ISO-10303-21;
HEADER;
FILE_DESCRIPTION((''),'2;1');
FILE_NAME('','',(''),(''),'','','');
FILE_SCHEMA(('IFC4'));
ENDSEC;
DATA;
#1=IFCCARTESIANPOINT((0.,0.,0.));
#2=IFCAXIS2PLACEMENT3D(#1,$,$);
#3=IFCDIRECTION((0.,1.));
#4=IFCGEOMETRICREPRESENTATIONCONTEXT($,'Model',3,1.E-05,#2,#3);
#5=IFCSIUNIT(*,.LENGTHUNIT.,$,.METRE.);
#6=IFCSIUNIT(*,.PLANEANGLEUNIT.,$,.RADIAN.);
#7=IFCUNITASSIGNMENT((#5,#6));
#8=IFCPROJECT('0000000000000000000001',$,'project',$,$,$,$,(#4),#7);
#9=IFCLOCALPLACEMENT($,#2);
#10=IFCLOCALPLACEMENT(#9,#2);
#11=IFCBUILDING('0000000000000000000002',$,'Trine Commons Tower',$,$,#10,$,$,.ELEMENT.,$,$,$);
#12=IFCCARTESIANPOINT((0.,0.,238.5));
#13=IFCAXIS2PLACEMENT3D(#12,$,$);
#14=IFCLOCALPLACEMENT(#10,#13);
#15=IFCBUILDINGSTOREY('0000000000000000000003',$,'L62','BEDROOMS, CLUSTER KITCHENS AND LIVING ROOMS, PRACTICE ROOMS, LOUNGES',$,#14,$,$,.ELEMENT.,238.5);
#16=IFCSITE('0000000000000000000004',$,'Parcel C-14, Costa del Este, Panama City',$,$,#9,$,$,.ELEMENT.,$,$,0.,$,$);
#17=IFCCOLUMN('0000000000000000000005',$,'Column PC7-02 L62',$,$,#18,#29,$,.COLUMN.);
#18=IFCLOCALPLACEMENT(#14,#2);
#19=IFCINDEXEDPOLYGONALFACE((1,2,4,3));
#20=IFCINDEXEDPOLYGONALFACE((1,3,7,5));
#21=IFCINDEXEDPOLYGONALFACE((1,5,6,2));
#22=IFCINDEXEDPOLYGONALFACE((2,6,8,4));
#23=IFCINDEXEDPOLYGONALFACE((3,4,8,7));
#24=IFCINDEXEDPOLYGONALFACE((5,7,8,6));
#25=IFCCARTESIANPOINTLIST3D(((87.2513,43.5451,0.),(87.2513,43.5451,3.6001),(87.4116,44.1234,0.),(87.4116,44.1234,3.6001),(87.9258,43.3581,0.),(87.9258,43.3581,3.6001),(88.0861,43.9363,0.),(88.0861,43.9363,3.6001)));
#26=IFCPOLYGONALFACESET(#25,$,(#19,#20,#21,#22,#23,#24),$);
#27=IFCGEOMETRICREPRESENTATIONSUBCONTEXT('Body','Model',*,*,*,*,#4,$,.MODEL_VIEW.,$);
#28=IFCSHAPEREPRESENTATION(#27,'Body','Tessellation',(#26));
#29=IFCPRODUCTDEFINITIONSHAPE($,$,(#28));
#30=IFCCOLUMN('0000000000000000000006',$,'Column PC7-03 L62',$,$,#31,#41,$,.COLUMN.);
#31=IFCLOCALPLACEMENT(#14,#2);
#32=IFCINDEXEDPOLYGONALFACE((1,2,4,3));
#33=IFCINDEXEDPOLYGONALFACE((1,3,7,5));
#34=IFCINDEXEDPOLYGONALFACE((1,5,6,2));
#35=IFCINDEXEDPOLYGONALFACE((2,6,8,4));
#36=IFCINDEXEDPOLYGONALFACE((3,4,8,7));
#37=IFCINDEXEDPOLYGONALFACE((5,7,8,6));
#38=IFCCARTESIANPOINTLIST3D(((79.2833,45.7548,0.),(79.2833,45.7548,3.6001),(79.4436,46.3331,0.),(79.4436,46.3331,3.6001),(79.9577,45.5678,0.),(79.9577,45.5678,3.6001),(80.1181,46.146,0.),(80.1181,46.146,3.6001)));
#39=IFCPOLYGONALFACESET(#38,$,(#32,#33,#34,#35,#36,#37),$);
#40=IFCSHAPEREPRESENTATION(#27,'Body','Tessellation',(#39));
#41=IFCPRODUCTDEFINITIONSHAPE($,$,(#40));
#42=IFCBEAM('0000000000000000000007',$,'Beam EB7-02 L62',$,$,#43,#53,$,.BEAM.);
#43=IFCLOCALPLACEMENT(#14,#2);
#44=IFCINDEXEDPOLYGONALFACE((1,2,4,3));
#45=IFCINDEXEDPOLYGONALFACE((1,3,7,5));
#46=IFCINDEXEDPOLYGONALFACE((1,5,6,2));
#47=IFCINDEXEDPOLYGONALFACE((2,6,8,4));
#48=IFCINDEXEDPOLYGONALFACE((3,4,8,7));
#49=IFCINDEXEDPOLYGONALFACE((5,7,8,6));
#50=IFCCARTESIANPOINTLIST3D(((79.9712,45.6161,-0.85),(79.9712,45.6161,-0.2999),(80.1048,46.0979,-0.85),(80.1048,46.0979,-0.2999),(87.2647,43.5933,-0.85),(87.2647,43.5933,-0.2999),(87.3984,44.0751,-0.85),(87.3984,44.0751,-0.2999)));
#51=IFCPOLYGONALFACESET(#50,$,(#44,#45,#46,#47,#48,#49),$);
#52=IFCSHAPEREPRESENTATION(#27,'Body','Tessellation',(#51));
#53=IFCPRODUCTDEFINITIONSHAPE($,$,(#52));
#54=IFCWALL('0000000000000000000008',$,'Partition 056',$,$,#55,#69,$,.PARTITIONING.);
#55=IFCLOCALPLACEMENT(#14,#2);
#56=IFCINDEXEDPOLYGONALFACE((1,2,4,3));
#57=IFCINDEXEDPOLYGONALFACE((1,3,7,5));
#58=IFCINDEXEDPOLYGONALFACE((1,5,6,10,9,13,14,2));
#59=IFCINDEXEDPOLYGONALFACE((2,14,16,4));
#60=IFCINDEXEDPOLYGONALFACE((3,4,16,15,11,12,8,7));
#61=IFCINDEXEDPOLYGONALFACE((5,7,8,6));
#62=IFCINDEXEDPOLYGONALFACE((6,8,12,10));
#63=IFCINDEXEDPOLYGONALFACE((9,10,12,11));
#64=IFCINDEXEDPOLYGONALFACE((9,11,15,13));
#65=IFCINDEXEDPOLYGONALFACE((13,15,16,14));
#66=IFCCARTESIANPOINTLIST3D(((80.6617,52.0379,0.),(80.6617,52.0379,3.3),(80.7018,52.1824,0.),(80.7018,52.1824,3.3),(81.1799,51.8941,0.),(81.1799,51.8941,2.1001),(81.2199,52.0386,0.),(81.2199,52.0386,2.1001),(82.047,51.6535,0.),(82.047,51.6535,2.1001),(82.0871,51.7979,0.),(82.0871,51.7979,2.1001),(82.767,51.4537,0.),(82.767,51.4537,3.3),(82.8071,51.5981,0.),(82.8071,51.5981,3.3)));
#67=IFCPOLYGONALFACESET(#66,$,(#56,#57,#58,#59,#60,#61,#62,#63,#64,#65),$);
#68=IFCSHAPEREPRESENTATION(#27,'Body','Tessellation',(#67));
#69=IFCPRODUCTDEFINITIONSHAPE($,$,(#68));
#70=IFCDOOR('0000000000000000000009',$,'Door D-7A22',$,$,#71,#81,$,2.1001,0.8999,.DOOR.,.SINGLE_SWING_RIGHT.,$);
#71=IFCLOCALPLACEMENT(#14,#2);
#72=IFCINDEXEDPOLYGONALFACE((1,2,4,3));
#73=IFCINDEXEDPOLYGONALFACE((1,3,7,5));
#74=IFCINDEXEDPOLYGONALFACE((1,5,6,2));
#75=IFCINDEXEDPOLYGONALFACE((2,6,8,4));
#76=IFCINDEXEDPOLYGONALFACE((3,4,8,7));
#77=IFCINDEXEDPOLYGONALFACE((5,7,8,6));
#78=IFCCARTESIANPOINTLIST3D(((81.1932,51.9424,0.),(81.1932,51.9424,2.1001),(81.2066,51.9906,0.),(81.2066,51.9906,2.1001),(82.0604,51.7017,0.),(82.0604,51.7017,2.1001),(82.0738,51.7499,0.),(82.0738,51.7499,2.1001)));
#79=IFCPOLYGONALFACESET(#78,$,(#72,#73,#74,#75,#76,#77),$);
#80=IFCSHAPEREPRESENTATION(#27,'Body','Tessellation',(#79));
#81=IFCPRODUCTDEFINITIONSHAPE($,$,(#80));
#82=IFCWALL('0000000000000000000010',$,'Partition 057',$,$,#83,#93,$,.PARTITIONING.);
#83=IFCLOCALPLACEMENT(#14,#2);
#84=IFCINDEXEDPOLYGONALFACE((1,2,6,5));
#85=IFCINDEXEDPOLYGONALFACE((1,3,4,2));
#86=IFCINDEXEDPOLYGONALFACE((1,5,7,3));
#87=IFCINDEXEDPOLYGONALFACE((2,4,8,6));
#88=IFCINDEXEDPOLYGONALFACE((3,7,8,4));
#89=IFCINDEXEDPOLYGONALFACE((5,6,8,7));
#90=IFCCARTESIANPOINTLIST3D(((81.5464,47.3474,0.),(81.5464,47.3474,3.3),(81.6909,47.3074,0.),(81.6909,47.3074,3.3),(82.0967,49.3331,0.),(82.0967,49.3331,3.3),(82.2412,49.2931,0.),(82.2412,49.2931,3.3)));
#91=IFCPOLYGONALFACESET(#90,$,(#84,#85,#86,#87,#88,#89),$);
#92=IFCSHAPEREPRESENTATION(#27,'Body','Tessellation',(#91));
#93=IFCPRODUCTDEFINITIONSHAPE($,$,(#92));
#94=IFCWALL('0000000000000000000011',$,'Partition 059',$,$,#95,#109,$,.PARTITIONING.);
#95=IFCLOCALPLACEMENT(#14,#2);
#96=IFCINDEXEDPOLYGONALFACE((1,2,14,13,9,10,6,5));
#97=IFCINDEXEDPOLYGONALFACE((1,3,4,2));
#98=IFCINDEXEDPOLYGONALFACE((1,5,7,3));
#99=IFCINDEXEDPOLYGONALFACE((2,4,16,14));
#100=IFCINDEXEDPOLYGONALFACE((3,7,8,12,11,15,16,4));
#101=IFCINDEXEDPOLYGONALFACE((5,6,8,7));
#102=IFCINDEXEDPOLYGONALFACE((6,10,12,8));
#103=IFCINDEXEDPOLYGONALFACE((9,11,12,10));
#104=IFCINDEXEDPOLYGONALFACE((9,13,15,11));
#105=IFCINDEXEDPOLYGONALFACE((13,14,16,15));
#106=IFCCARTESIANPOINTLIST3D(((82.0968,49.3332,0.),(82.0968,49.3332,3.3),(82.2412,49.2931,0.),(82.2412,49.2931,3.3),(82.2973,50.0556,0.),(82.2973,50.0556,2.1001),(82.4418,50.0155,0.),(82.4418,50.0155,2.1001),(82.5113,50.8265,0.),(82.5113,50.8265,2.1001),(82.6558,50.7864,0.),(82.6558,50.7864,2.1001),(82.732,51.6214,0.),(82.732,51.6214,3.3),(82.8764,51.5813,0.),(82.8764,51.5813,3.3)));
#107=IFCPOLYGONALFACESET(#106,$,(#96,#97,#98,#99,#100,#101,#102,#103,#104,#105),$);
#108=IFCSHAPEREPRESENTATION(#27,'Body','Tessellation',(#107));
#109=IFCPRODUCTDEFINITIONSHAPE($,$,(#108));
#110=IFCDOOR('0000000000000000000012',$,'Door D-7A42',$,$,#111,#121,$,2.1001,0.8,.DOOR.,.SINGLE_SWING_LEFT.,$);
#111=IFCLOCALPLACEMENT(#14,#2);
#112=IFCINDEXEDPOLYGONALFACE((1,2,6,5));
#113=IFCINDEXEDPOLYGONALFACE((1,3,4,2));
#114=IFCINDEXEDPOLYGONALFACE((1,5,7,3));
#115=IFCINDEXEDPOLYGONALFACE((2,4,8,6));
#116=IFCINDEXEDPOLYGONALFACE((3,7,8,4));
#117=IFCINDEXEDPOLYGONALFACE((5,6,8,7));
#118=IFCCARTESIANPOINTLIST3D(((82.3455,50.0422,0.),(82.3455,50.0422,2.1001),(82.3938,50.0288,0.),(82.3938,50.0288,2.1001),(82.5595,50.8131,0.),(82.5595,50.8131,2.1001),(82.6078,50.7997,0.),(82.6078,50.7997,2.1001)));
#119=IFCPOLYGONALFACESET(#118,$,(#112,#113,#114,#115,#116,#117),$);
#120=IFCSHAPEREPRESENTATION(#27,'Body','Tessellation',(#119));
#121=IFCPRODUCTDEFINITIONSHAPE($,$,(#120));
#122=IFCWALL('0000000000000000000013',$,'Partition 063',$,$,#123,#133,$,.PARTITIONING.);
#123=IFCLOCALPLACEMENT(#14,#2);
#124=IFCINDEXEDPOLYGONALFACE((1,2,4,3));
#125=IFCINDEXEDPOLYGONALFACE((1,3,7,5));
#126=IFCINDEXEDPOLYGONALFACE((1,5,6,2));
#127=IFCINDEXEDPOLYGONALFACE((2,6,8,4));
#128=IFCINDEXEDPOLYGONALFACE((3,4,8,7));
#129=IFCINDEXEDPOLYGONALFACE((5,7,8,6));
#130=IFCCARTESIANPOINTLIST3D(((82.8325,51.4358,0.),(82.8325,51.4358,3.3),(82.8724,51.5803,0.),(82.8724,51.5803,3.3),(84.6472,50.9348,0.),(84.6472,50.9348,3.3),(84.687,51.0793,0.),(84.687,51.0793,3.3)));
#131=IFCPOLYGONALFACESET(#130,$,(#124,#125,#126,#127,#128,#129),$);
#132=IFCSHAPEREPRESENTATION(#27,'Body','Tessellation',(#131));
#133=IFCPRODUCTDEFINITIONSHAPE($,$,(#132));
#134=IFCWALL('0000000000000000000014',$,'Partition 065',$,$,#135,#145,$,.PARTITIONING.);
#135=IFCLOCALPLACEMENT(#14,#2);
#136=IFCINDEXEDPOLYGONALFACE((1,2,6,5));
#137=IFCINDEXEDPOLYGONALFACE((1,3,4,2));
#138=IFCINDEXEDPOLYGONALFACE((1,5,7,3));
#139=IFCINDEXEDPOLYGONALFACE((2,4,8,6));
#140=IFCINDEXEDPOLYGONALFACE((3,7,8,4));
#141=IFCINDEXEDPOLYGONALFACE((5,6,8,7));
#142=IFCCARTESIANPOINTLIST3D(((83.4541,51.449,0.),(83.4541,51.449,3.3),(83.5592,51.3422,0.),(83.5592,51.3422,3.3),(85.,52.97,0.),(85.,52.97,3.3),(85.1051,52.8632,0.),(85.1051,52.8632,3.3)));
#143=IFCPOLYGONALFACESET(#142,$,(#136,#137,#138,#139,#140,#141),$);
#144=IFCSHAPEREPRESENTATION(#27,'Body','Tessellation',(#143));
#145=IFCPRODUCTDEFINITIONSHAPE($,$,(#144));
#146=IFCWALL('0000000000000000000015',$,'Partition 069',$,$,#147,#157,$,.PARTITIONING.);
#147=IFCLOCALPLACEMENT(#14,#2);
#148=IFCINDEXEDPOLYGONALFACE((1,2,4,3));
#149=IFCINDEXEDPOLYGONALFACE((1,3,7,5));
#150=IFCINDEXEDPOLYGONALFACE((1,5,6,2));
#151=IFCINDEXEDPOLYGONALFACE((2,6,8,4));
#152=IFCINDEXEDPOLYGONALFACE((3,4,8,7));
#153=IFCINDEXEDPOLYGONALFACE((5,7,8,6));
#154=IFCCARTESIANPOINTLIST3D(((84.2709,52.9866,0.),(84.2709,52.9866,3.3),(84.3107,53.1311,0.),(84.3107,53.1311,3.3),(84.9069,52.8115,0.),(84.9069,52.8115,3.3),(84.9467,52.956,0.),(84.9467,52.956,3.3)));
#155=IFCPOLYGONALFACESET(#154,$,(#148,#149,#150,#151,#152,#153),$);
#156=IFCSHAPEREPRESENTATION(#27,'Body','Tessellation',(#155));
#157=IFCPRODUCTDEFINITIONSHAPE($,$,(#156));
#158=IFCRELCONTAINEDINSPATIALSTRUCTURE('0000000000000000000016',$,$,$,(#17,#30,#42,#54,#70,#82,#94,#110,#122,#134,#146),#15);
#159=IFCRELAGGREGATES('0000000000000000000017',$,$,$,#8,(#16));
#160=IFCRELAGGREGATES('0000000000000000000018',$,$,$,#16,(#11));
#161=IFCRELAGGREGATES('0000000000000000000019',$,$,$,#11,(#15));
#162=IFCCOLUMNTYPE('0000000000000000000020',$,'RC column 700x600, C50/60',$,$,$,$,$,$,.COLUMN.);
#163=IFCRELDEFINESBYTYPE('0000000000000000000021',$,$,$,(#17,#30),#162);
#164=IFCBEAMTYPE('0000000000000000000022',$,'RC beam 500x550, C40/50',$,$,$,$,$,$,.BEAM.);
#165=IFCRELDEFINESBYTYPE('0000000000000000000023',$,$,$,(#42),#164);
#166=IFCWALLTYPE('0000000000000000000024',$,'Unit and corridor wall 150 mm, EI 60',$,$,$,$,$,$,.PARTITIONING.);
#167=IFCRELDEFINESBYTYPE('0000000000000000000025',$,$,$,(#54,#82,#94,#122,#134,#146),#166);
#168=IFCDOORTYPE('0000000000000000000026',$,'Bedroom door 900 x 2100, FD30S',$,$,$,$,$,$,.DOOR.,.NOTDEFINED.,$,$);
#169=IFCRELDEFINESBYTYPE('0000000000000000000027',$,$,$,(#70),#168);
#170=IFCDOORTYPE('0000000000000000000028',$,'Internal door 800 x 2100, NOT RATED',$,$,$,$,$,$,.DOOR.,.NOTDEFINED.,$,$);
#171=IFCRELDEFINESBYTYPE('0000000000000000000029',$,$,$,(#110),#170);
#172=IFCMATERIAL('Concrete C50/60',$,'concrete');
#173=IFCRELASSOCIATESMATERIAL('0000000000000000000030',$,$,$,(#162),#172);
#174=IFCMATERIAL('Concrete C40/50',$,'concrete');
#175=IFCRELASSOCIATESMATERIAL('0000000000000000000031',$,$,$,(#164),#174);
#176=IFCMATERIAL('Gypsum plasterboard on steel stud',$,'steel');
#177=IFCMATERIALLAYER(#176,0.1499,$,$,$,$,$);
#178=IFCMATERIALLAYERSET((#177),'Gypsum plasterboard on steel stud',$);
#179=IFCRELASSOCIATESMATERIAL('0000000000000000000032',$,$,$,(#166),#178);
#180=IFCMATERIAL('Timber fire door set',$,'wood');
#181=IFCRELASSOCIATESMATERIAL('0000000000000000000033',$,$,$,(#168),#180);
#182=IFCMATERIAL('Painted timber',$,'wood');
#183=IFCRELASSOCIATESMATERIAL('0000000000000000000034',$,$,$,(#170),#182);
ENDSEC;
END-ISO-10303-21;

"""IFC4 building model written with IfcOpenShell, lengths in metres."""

from ifc_helpers import new_model, si_unit, direction, frame, frame_2d, origin, origin_2d, place, context, subcontext, project, spatial, rectangle, extrude, material, layer, layer_set, material_profile, profile_set, type_object, element, fill, save


model = new_model("IFC4")

# Units and contexts
model_context = context("Model", 3, precision=1e-05, world=origin(), true_north=direction((0.0, 1.0)))
body_context = subcontext(model_context, "Body", "Model", "MODEL_VIEW")
ifc_project = project(units=[si_unit("LENGTHUNIT", "METRE"), si_unit("PLANEANGLEUNIT", "RADIAN")], contexts=[model_context])

# Site, building, storey
site_placement = place(None, origin())
site = spatial("IfcSite", under=ifc_project, at=site_placement, Name="Parcel C-14, Costa del Este, Panama City", CompositionType="ELEMENT", RefElevation=0.0)
building_placement = place(site_placement, origin())
building = spatial("IfcBuilding", under=site, at=building_placement, Name="Trine Commons Tower", CompositionType="ELEMENT")
storey_placement = place(building_placement, frame((0.0, 0.0, 238.5)))
storey = spatial("IfcBuildingStorey", under=building, at=storey_placement, Name="L62", Description="BEDROOMS, CLUSTER KITCHENS AND LIVING ROOMS, PRACTICE ROOMS, LOUNGES", CompositionType="ELEMENT", Elevation=238.5)

# Columns
ifc_material_1 = material(Name="Concrete C50/60", Category="concrete")
ifc_material_profile_1 = material_profile(ifc_material_1, rectangle(XDim=0.7, YDim=0.6001, at=origin_2d()), Name="RC 700x600")
ifc_profile_set_1 = profile_set([ifc_material_profile_1], Name="Concrete C50/60")
column_type = type_object("IfcColumnType", Name="RC column 700x600, C50/60", PredefinedType="COLUMN", material=ifc_profile_set_1)
for number, where, z_axis, x_axis, name in (
    (1, (87.6687, 43.7407, 0.0), (0.0, 0.0, 1.0), (-0.96363, 0.267238, 0.0), "Column PC7-02 L62"),
    (2, (79.7007, 45.9504, 0.0), (0.0, 0.0, 1.0), (-0.96363, 0.267238, 0.0), "Column PC7-03 L62"),
):
    element("IfcColumn", number, at=place(storey_placement, frame(where, z_axis=z_axis, x_axis=x_axis)), inside=storey, type_object=column_type, Name=name, PredefinedType="COLUMN", context=body_context, shape_type="SweptSolid", body=[
        extrude(rectangle(XDim=0.7, YDim=0.6001, at=origin_2d()), origin(), (0.0, 0.0, 1.0), 3.6001),
    ])

# Beam
ifc_material_2 = material(Name="Concrete C40/50", Category="concrete")
ifc_material_profile_2 = material_profile(ifc_material_2, rectangle(XDim=0.5, YDim=0.55, at=origin_2d()), Name="RC 500x550")
ifc_profile_set_2 = profile_set([ifc_material_profile_2], Name="Concrete C40/50")
beam_type = type_object("IfcBeamType", Name="RC beam 500x550, C40/50", PredefinedType="BEAM", material=ifc_profile_set_2)
beam_placement = place(storey_placement, frame((87.3315, 43.8342, -0.575), z_axis=(-0.963629, 0.267245, 0.0), x_axis=(-0.267245, -0.963629, 0.0)))
element("IfcBeam", 3, at=beam_placement, inside=storey, type_object=beam_type, Name="Beam EB7-02 L62", PredefinedType="BEAM", context=body_context, shape_type="SweptSolid", body=[
    extrude(rectangle(XDim=0.5, YDim=0.55, at=origin_2d()), origin(), (0.0, 0.0, 1.0), 7.5688),
])

# Wall, opening, door
ifc_material_3 = material(Name="Gypsum plasterboard on steel stud", Category="steel")
ifc_layer_1 = layer(ifc_material_3, 0.1499)
ifc_layer_set_1 = layer_set([ifc_layer_1], Name="Gypsum plasterboard on steel stud")
wall_type_1 = type_object("IfcWallType", Name="Unit and corridor wall 150 mm, EI 60", PredefinedType="PARTITIONING", material=ifc_layer_set_1)
wall_1_placement = place(storey_placement, frame((80.6819, 52.1101, 0.0), z_axis=(0.0, 0.0, 1.0), x_axis=(0.963584, -0.267408, 0.0)))
wall_1 = element("IfcWall", 4, at=wall_1_placement, inside=storey, type_object=wall_type_1, Name="Partition 056", PredefinedType="PARTITIONING", context=body_context, shape_type="SweptSolid", body=[
    extrude(rectangle(XDim=2.1848, YDim=0.1499, at=frame_2d((1.0923, 0.0))), origin(), (0.0, 0.0, 1.0), 3.3),
])
opening_1_placement = place(wall_1_placement, frame((0.5376, 0.0, 0.0)))
opening_1 = element("IfcOpeningElement", 5, at=opening_1_placement, cuts=wall_1, PredefinedType="OPENING", context=body_context, shape_type="SweptSolid", body=[
    extrude(rectangle(XDim=0.8999, YDim=2.1001, at=frame_2d((0.45, 1.05))), frame((0.0, 0.085, 0.0), z_axis=(0.0, -1.0, 0.0), x_axis=(1.0, 0.0, 0.0)), (0.0, 0.0, 1.0), 0.1699),
])
ifc_material_4 = material(Name="Timber fire door set", Category="wood")
door_type_1 = type_object("IfcDoorType", Name="Bedroom door 900 x 2100, FD30S", OperationType="NOTDEFINED", PredefinedType="DOOR", material=ifc_material_4)
door_1_placement = place(opening_1_placement, frame((0.8999, 0.0, 0.0), z_axis=(0.0, 0.0, 1.0), x_axis=(-1.0, 0.0, 0.0)))
door_1 = element("IfcDoor", 6, at=door_1_placement, inside=storey, type_object=door_type_1, Name="Door D-7A22", OperationType="SINGLE_SWING_RIGHT", OverallHeight=2.1001, OverallWidth=0.8999, PredefinedType="DOOR", context=body_context, shape_type="SweptSolid", body=[
    extrude(rectangle(XDim=0.8999, YDim=2.1001, at=frame_2d((0.45, 1.05))), frame((0.0, 0.0249, 0.0), z_axis=(0.0, -1.0, 0.0), x_axis=(1.0, 0.0, 0.0)), (0.0, 0.0, 1.0), 0.05),
])
fill(opening_1, door_1)

# Wall
wall_2_placement = place(storey_placement, frame((81.6187, 47.3274, 0.0), z_axis=(0.0, 0.0, 1.0), x_axis=(0.267075, 0.963676, 0.0)))
element("IfcWall", 7, at=wall_2_placement, inside=storey, type_object=wall_type_1, Name="Partition 057", PredefinedType="PARTITIONING", context=body_context, shape_type="SweptSolid", body=[
    extrude(rectangle(XDim=2.0605, YDim=0.1499, at=frame_2d((1.0303, 0.0))), origin(), (0.0, 0.0, 1.0), 3.3),
])

# Wall, opening, door
wall_3_placement = place(storey_placement, frame((82.1689, 49.313, 0.0), z_axis=(0.0, 0.0, 1.0), x_axis=(0.26749, 0.963561, 0.0)))
wall_3 = element("IfcWall", 8, at=wall_3_placement, inside=storey, type_object=wall_type_1, Name="Partition 059", PredefinedType="PARTITIONING", context=body_context, shape_type="SweptSolid", body=[
    extrude(rectangle(XDim=2.3748, YDim=0.1499, at=frame_2d((1.1875, 0.0))), origin(), (0.0, 0.0, 1.0), 3.3),
])
opening_2_placement = place(wall_3_placement, frame((0.75, 0.0, 0.0)))
opening_2 = element("IfcOpeningElement", 9, at=opening_2_placement, cuts=wall_3, PredefinedType="OPENING", context=body_context, shape_type="SweptSolid", body=[
    extrude(rectangle(XDim=0.8, YDim=2.1001, at=frame_2d((0.3999, 1.05))), frame((0.0, 0.085, 0.0), z_axis=(0.0, -1.0, 0.0), x_axis=(1.0, 0.0, 0.0)), (0.0, 0.0, 1.0), 0.1699),
])
ifc_material_5 = material(Name="Painted timber", Category="wood")
door_type_2 = type_object("IfcDoorType", Name="Internal door 800 x 2100, NOT RATED", OperationType="NOTDEFINED", PredefinedType="DOOR", material=ifc_material_5)
door_2_placement = place(opening_2_placement, origin())
door_2 = element("IfcDoor", 10, at=door_2_placement, inside=storey, type_object=door_type_2, Name="Door D-7A42", OperationType="SINGLE_SWING_LEFT", OverallHeight=2.1001, OverallWidth=0.8, PredefinedType="DOOR", context=body_context, shape_type="SweptSolid", body=[
    extrude(rectangle(XDim=0.8, YDim=2.1001, at=frame_2d((0.3999, 1.05))), frame((0.0, 0.0249, 0.0), z_axis=(0.0, -1.0, 0.0), x_axis=(1.0, 0.0, 0.0)), (0.0, 0.0, 1.0), 0.05),
])
fill(opening_2, door_2)

# Walls
wall_4_placement = place(storey_placement, frame((82.8523, 51.5081, 0.0), z_axis=(0.0, 0.0, 1.0), x_axis=(0.963942, -0.266112, 0.0)))
element("IfcWall", 11, at=wall_4_placement, inside=storey, type_object=wall_type_1, Name="Partition 063", PredefinedType="PARTITIONING", context=body_context, shape_type="SweptSolid", body=[
    extrude(rectangle(XDim=1.8826, YDim=0.1499, at=frame_2d((0.9414, 0.0))), origin(), (0.0, 0.0, 1.0), 3.3),
])
wall_5_placement = place(storey_placement, frame((83.5066, 51.3955, 0.0), z_axis=(0.0, 0.0, 1.0), x_axis=(0.712825, 0.701342, 0.0)))
element("IfcWall", 12, at=wall_5_placement, inside=storey, type_object=wall_type_1, Name="Partition 065", PredefinedType="PARTITIONING", context=body_context, shape_type="SweptSolid", body=[
    extrude(rectangle(XDim=2.1687, YDim=0.1499, at=frame_2d((1.0845, 0.0))), origin(), (0.0, 0.0, 1.0), 3.3),
])
wall_6_placement = place(storey_placement, frame((84.2908, 53.0588, 0.0), z_axis=(0.0, 0.0, 1.0), x_axis=(0.964146, -0.265372, 0.0)))
element("IfcWall", 13, at=wall_6_placement, inside=storey, type_object=wall_type_1, Name="Partition 069", PredefinedType="PARTITIONING", context=body_context, shape_type="SweptSolid", body=[
    extrude(rectangle(XDim=0.6597, YDim=0.1499, at=frame_2d((0.3298, 0.0))), origin(), (0.0, 0.0, 1.0), 3.3),
])

save(model, "model.ifc")
